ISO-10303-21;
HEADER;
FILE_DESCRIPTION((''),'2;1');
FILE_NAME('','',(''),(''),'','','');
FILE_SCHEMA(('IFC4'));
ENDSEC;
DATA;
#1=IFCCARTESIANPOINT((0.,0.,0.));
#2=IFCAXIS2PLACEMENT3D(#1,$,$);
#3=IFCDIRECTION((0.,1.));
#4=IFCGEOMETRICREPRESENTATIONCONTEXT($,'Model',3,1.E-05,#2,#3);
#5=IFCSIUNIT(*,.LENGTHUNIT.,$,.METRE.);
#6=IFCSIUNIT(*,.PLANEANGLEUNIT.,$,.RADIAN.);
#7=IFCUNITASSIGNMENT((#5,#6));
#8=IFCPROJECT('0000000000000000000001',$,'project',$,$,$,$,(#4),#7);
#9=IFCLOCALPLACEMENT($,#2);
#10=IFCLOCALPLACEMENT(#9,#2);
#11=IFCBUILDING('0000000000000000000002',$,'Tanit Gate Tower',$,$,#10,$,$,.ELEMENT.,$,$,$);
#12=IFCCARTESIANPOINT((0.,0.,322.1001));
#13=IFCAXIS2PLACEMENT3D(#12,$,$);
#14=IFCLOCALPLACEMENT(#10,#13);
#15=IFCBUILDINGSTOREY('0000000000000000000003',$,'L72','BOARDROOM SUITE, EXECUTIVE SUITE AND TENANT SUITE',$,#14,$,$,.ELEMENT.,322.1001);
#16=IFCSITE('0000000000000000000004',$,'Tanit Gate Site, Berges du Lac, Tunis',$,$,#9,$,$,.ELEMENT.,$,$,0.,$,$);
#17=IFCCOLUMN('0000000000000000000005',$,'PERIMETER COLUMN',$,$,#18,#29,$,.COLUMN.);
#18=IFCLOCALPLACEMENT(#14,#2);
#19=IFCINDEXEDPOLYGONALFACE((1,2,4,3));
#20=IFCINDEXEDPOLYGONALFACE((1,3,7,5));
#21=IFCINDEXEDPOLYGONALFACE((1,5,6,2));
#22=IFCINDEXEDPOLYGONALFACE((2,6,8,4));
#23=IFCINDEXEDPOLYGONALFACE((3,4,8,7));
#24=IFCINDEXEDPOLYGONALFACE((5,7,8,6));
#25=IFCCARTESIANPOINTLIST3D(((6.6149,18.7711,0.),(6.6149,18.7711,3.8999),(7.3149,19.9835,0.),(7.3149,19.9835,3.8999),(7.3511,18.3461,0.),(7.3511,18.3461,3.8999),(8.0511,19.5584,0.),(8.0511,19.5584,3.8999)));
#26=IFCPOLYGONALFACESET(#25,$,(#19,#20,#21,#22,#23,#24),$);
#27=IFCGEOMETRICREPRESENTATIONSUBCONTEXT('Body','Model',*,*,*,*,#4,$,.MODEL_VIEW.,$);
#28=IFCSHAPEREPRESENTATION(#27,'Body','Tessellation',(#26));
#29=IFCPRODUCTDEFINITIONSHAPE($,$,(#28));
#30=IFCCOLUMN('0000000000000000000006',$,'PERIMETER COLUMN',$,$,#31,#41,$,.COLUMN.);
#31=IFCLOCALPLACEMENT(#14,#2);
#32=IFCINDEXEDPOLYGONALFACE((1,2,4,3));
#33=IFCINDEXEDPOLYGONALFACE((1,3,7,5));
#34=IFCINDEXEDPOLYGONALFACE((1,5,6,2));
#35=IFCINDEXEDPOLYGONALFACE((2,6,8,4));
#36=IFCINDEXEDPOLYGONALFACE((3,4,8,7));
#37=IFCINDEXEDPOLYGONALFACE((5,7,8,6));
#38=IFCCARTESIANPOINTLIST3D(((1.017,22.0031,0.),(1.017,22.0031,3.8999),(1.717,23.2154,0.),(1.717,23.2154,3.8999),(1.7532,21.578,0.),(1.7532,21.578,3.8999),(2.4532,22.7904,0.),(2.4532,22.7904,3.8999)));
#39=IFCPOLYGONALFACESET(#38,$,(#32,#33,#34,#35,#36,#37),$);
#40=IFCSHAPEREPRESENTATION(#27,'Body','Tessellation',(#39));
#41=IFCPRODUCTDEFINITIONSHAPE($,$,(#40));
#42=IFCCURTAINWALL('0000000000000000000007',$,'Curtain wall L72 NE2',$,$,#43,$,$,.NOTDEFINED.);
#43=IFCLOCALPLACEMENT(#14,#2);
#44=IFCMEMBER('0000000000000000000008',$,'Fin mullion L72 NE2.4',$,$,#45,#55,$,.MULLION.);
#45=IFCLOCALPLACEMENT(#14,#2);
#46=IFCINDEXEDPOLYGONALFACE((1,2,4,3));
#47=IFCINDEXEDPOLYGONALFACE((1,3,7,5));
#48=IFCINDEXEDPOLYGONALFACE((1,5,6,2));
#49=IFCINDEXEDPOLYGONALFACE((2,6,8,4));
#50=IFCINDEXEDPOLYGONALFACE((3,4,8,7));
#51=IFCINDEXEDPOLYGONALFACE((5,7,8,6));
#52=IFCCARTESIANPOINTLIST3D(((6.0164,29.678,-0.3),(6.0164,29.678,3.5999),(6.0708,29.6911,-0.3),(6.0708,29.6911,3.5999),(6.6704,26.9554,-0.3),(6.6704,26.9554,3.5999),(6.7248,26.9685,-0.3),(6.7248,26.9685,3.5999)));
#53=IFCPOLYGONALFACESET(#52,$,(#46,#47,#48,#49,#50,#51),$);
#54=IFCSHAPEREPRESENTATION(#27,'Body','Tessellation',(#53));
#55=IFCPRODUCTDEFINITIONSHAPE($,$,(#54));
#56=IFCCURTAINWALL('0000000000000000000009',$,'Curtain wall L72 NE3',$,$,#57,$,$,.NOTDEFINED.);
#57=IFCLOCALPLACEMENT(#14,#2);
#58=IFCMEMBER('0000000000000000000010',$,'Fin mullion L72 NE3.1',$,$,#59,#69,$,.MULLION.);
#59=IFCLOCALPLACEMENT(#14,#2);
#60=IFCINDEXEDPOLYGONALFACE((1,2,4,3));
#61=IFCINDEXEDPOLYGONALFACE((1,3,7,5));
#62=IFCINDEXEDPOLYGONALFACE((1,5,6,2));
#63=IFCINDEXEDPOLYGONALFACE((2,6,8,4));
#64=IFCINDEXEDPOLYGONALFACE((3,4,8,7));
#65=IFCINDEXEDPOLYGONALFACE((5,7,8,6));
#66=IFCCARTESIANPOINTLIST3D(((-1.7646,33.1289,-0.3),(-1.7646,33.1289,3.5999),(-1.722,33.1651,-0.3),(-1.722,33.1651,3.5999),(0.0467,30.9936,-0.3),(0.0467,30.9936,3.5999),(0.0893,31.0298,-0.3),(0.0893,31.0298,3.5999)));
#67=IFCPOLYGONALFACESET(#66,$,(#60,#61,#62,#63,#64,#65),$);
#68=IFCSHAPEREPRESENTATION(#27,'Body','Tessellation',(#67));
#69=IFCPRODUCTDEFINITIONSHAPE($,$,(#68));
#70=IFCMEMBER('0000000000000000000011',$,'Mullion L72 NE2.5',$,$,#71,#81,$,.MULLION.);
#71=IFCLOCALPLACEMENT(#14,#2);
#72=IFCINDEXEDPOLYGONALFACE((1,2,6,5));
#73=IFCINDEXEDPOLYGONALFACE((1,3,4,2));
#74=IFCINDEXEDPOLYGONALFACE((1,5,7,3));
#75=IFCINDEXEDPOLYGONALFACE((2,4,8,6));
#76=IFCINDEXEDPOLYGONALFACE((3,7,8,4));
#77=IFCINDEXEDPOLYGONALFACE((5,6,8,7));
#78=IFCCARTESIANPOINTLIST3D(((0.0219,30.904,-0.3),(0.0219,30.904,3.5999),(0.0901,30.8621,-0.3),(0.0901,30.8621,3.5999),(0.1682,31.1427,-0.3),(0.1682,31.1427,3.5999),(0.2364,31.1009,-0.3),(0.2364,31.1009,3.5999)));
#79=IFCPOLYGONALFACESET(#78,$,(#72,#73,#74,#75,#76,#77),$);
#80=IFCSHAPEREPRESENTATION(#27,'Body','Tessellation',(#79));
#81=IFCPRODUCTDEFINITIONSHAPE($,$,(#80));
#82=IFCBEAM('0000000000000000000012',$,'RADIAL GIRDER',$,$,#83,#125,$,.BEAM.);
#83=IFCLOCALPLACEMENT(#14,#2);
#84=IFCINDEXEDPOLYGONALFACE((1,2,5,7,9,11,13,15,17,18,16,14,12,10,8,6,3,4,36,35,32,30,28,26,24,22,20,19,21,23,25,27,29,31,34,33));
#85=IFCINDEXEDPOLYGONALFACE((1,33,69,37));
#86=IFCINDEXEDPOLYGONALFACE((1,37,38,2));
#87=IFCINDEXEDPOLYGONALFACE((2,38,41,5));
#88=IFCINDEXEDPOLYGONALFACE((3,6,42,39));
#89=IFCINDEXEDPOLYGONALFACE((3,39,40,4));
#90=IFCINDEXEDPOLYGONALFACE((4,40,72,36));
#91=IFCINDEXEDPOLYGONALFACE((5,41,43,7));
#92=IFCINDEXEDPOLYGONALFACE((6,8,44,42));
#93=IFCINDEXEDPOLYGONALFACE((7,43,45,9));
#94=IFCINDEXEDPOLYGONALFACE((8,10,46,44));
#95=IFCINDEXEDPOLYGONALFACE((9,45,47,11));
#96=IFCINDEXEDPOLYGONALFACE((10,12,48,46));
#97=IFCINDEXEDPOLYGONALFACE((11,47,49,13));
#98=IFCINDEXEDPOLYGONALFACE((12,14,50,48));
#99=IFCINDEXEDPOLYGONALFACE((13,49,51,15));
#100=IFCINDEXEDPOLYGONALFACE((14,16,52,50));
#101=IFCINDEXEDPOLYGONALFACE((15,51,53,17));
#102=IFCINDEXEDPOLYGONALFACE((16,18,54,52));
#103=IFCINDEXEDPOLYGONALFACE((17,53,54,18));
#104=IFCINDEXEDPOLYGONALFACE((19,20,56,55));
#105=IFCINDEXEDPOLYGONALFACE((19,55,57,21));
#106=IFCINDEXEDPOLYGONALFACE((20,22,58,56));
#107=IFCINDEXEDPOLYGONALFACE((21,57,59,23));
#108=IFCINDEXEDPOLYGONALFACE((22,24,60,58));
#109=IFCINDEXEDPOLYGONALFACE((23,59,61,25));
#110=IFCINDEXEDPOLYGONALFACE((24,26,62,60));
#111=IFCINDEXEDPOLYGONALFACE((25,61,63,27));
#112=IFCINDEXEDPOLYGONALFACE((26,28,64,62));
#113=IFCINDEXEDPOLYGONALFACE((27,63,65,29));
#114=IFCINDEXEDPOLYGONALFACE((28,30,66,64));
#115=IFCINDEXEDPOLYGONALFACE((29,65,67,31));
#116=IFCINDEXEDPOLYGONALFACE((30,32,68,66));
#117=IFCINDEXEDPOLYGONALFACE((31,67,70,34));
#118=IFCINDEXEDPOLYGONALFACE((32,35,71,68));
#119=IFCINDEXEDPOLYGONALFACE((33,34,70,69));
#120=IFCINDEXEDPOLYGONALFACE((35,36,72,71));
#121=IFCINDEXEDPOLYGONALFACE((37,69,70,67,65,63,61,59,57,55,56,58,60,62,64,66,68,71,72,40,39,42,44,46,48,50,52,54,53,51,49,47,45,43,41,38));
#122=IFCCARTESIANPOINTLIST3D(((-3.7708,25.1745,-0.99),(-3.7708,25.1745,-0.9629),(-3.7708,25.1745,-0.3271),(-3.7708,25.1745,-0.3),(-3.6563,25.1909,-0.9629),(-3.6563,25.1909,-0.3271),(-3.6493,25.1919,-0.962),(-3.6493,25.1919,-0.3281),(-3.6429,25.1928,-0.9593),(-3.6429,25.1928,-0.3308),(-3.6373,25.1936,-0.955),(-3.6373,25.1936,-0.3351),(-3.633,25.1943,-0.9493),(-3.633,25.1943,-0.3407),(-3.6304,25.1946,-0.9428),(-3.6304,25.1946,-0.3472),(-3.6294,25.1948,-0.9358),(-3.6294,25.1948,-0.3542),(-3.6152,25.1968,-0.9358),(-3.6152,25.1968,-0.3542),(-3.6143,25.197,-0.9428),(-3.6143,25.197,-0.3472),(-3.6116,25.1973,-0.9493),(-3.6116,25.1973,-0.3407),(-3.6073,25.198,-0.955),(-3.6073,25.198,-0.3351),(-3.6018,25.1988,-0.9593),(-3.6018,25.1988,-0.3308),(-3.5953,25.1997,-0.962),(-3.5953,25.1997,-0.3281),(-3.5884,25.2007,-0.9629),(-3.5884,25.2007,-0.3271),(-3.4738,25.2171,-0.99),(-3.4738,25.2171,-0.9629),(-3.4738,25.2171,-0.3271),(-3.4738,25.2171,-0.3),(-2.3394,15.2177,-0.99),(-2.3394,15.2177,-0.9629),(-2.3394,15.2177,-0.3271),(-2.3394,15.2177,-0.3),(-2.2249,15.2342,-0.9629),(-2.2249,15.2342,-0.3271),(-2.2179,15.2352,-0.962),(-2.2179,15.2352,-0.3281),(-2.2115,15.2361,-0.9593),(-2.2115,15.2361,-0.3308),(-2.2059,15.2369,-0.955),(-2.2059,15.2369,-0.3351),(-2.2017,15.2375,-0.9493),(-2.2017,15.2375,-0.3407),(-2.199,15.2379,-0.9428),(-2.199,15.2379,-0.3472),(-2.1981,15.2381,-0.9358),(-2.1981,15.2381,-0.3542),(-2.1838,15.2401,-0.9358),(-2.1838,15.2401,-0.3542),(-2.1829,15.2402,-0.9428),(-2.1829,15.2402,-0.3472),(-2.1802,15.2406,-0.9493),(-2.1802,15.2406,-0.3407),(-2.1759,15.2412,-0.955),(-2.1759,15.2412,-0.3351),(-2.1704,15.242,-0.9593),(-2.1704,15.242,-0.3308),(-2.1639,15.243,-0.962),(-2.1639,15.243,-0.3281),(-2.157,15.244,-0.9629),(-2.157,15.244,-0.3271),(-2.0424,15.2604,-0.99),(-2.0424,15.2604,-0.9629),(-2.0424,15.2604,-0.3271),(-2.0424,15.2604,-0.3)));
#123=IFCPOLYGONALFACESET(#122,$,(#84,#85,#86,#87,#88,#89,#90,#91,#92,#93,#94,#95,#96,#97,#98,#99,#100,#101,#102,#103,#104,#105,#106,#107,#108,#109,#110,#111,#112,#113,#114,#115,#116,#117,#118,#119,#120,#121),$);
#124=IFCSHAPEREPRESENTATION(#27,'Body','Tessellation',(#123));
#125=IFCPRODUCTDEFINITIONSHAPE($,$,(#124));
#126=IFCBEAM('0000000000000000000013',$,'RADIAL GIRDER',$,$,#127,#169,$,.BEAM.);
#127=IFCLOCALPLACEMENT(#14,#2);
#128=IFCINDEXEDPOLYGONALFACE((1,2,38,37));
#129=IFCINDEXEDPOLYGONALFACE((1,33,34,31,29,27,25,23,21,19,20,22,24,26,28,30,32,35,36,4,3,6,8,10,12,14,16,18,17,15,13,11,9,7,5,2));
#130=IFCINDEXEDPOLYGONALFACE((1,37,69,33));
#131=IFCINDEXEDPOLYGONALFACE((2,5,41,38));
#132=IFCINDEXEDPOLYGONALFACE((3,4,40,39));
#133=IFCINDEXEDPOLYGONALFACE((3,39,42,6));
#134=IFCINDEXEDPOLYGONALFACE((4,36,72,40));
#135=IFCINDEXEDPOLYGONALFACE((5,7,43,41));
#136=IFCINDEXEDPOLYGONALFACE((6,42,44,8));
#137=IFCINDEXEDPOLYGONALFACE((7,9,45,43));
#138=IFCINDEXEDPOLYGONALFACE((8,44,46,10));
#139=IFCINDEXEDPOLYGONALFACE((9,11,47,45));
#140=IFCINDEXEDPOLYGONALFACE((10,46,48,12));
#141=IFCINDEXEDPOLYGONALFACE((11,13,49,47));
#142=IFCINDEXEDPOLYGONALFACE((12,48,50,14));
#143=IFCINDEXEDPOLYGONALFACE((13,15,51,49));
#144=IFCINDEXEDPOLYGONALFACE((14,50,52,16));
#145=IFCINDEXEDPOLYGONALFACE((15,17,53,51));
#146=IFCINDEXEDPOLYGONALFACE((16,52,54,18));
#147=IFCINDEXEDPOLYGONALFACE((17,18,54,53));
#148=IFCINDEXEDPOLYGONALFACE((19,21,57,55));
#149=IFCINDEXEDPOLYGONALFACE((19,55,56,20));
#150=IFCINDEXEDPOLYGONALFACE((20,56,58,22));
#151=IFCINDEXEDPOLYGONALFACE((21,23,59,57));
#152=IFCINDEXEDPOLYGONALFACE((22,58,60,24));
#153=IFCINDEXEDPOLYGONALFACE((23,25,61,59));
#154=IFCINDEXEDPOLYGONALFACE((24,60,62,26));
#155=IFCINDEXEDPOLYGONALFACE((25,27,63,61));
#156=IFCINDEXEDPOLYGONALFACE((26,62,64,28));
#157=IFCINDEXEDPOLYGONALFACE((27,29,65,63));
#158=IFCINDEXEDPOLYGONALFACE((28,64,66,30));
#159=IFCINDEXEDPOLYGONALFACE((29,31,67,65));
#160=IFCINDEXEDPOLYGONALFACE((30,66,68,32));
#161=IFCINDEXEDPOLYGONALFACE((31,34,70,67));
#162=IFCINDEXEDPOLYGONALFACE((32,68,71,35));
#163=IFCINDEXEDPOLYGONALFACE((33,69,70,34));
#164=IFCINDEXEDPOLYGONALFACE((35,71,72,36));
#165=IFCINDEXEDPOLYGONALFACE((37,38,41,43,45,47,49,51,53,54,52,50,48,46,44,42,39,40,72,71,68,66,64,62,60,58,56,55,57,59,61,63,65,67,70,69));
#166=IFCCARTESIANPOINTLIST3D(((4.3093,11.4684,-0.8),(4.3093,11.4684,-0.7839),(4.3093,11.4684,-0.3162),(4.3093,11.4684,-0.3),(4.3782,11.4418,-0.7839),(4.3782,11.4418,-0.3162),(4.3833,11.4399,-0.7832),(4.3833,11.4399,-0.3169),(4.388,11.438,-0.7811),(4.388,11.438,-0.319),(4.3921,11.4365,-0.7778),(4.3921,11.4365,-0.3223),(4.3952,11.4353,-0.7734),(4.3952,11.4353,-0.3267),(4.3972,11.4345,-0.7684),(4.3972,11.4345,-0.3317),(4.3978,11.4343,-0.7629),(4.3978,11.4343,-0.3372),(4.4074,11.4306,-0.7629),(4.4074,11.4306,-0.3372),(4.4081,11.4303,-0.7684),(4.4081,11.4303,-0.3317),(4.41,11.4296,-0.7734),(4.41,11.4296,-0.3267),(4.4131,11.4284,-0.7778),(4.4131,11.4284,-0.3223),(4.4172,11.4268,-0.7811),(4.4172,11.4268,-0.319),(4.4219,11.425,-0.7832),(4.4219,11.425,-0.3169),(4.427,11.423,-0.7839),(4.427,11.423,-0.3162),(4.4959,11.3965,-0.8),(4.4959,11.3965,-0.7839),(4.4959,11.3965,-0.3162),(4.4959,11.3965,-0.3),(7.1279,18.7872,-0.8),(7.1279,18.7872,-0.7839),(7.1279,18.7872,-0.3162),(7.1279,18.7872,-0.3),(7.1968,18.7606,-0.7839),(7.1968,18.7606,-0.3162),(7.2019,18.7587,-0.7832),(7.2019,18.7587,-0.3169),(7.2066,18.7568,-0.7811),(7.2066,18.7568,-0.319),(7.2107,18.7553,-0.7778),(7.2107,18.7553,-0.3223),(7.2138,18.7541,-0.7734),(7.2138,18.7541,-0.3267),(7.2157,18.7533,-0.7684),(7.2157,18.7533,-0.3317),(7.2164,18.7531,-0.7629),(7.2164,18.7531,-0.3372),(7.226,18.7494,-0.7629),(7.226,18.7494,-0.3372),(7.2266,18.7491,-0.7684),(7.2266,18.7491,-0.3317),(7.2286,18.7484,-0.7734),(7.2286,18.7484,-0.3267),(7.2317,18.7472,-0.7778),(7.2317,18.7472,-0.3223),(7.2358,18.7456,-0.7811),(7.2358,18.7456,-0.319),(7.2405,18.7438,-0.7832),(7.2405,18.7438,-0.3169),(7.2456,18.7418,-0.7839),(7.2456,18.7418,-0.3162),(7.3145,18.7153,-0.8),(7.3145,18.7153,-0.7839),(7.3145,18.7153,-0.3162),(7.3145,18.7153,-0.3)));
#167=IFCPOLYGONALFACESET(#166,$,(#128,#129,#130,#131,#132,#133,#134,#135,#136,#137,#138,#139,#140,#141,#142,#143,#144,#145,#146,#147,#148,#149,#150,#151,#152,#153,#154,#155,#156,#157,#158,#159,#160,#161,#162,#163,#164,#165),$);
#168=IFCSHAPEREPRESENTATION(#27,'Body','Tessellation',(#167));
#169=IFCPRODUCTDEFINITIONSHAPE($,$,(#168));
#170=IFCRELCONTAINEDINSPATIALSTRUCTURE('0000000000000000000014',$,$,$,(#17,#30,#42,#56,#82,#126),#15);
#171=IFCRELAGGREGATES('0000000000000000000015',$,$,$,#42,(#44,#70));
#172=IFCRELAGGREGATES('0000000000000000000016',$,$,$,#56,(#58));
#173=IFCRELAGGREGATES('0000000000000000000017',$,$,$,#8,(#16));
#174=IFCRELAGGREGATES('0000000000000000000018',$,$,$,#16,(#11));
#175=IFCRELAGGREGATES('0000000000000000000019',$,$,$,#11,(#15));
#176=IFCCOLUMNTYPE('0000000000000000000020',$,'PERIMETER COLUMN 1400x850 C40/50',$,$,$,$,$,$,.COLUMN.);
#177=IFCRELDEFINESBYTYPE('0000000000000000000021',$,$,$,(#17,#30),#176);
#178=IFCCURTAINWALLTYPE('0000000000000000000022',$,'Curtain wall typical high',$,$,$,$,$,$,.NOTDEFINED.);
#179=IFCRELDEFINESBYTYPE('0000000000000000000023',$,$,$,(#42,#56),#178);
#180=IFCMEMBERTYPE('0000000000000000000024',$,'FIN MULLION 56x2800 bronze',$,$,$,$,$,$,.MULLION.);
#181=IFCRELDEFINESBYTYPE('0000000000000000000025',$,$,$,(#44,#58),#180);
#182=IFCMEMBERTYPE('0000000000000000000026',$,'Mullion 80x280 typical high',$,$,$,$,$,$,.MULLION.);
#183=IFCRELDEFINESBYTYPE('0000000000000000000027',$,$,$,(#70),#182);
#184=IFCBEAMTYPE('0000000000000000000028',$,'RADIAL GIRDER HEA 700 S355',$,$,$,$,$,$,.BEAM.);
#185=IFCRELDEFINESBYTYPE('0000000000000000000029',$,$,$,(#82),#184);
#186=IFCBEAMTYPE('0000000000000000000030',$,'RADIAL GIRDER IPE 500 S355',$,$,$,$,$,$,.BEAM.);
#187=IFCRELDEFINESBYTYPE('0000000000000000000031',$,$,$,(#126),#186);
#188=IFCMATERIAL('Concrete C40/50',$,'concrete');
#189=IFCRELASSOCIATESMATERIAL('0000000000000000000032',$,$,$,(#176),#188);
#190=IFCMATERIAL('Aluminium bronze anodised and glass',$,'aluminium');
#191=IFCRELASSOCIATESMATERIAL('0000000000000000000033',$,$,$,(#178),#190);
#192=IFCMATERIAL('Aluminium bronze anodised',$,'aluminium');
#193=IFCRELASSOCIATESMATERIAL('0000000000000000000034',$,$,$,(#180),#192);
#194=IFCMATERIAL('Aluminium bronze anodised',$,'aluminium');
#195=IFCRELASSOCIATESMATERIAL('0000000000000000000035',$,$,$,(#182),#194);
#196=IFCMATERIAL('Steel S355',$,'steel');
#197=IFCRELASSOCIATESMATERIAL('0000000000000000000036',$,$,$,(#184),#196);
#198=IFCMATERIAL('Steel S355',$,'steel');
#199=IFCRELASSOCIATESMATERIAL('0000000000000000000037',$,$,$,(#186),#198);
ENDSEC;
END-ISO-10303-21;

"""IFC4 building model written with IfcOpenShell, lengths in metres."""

from ifc_helpers import new_model, si_unit, direction, frame, origin, origin_2d, place, context, subcontext, project, spatial, rectangle, i_section, extrude, material, material_profile, profile_set, type_object, element, aggregate, save


model = new_model("IFC4")

# Units and contexts
model_context = context("Model", 3, precision=1e-05, world=origin(), true_north=direction((0.0, 1.0)))
body_context = subcontext(model_context, "Body", "Model", "MODEL_VIEW")
ifc_project = project(units=[si_unit("LENGTHUNIT", "METRE"), si_unit("PLANEANGLEUNIT", "RADIAN")], contexts=[model_context])

# Site, building, storey
site_placement = place(None, origin())
site = spatial("IfcSite", under=ifc_project, at=site_placement, Name="Tanit Gate Site, Berges du Lac, Tunis", CompositionType="ELEMENT", RefElevation=0.0)
building_placement = place(site_placement, origin())
building = spatial("IfcBuilding", under=site, at=building_placement, Name="Tanit Gate Tower", CompositionType="ELEMENT")
storey_placement = place(building_placement, frame((0.0, 0.0, 322.1001)))
storey = spatial("IfcBuildingStorey", under=building, at=storey_placement, Name="L72", Description="BOARDROOM SUITE, EXECUTIVE SUITE AND TENANT SUITE", CompositionType="ELEMENT", Elevation=322.1001)

# Columns
ifc_material_1 = material(Name="Concrete C40/50", Category="concrete")
ifc_material_profile_1 = material_profile(ifc_material_1, rectangle(XDim=1.3999, YDim=0.8501, at=origin_2d()), Name="RC 1400x850")
ifc_profile_set_1 = profile_set([ifc_material_profile_1], Name="Concrete C40/50")
column_type = type_object("IfcColumnType", Name="PERIMETER COLUMN 1400x850 C40/50", PredefinedType="COLUMN", material=ifc_profile_set_1)
for number, where, z_axis, x_axis, name in (
    (1, (7.333, 19.1648, 0.0), (0.0, 0.0, 1.0), (0.5, 0.866025, 0.0), "PERIMETER COLUMN"),
    (2, (1.7351, 22.3967, 0.0), (0.0, 0.0, 1.0), (0.5, 0.866025, 0.0), "PERIMETER COLUMN"),
):
    element("IfcColumn", number, at=place(storey_placement, frame(where, z_axis=z_axis, x_axis=x_axis)), inside=storey, type_object=column_type, Name=name, PredefinedType="COLUMN", context=body_context, shape_type="SweptSolid", body=[
        extrude(rectangle(XDim=1.3999, YDim=0.8501, at=origin_2d()), origin(), (0.0, 0.0, 1.0), 3.8999),
    ])

# Curtain walls, members
ifc_material_2 = material(Name="Aluminium bronze anodised and glass", Category="aluminium")
curtain_wall_type = type_object("IfcCurtainWallType", Name="Curtain wall typical high", PredefinedType="NOTDEFINED", material=ifc_material_2)
curtain_wall_1_placement = place(storey_placement, origin())
curtain_wall_1 = element("IfcCurtainWall", 3, at=curtain_wall_1_placement, inside=storey, type_object=curtain_wall_type, Name="Curtain wall L72 NE2", PredefinedType="NOTDEFINED")
ifc_material_3 = material(Name="Aluminium bronze anodised", Category="aluminium")
ifc_material_profile_2 = material_profile(ifc_material_3, rectangle(XDim=2.8, YDim=0.0559, at=origin_2d()), Name="56x2800 bronze fin mullion")
ifc_profile_set_2 = profile_set([ifc_material_profile_2], Name="Aluminium bronze anodised")
member_type_1 = type_object("IfcMemberType", Name="FIN MULLION 56x2800 bronze", PredefinedType="MULLION", material=ifc_profile_set_2)
member_1_placement = place(storey_placement, frame((6.3706, 28.3232, -0.3), z_axis=(0.0, 0.0, 1.0), x_axis=(0.233557, -0.972343, 0.0)))
member_1 = element("IfcMember", 4, at=member_1_placement, type_object=member_type_1, Name="Fin mullion L72 NE2.4", PredefinedType="MULLION", context=body_context, shape_type="SweptSolid", body=[
    extrude(rectangle(XDim=2.8, YDim=0.0559, at=origin_2d()), origin(), (0.0, 0.0, 1.0), 3.8999),
])
curtain_wall_2_placement = place(storey_placement, origin())
curtain_wall_2 = element("IfcCurtainWall", 5, at=curtain_wall_2_placement, inside=storey, type_object=curtain_wall_type, Name="Curtain wall L72 NE3", PredefinedType="NOTDEFINED")
member_2_placement = place(storey_placement, frame((-0.8376, 32.0793, -0.3), z_axis=(0.0, 0.0, 1.0), x_axis=(0.646873, -0.762598, 0.0)))
member_2 = element("IfcMember", 6, at=member_2_placement, type_object=member_type_1, Name="Fin mullion L72 NE3.1", PredefinedType="MULLION", context=body_context, shape_type="SweptSolid", body=[
    extrude(rectangle(XDim=2.8, YDim=0.0559, at=origin_2d()), origin(), (0.0, 0.0, 1.0), 3.8999),
])

# Member
ifc_material_4 = material(Name="Aluminium bronze anodised", Category="aluminium")
ifc_material_profile_3 = material_profile(ifc_material_4, rectangle(XDim=0.28, YDim=0.0801, at=origin_2d()), Name="80x280 bronze mullion")
ifc_profile_set_3 = profile_set([ifc_material_profile_3], Name="Aluminium bronze anodised")
member_type_2 = type_object("IfcMemberType", Name="Mullion 80x280 typical high", PredefinedType="MULLION", material=ifc_profile_set_3)
member_3_placement = place(storey_placement, frame((0.1292, 31.0024, -0.3), z_axis=(0.0, 0.0, 1.0), x_axis=(-0.522401, -0.8527, 0.0)))
member_3 = element("IfcMember", 7, at=member_3_placement, type_object=member_type_2, Name="Mullion L72 NE2.5", PredefinedType="MULLION", context=body_context, shape_type="SweptSolid", body=[
    extrude(rectangle(XDim=0.28, YDim=0.0801, at=origin_2d()), origin(), (0.0, 0.0, 1.0), 3.8999),
])

# Beams
ifc_material_5 = material(Name="Steel S355", Category="steel")
ifc_material_profile_4 = material_profile(ifc_material_5, i_section(OverallWidth=0.3, OverallDepth=0.6899, WebThickness=0.0144, FlangeThickness=0.0271, FilletRadius=0.0271, at=origin_2d()), Name="HEA 700")
ifc_profile_set_4 = profile_set([ifc_material_profile_4], Name="Steel S355")
beam_type_1 = type_object("IfcBeamType", Name="RADIAL GIRDER HEA 700 S355", PredefinedType="BEAM", material=ifc_profile_set_4)
beam_1_placement = place(storey_placement, frame((-3.6223, 25.1958, -0.645), z_axis=(0.142298, -0.989824, 0.0), x_axis=(0.989824, 0.142298, 0.0)))
element("IfcBeam", 8, at=beam_1_placement, inside=storey, type_object=beam_type_1, Name="RADIAL GIRDER", PredefinedType="BEAM", context=body_context, shape_type="SweptSolid", body=[
    extrude(i_section(OverallWidth=0.3, OverallDepth=0.6899, WebThickness=0.0144, FlangeThickness=0.0271, FilletRadius=0.0271, at=origin_2d()), origin(), (0.0, 0.0, 1.0), 10.0591),
])
ifc_material_6 = material(Name="Steel S355", Category="steel")
ifc_material_profile_5 = material_profile(ifc_material_6, i_section(OverallWidth=0.2, OverallDepth=0.5, WebThickness=0.0103, FlangeThickness=0.0161, FilletRadius=0.021, at=origin_2d()), Name="IPE 500")
ifc_profile_set_5 = profile_set([ifc_material_profile_5], Name="Steel S355")
beam_type_2 = type_object("IfcBeamType", Name="RADIAL GIRDER IPE 500 S355", PredefinedType="BEAM", material=ifc_profile_set_5)
beam_2_placement = place(storey_placement, frame((7.2212, 18.7512, -0.55), z_axis=(-0.359386, -0.933189, 0.0), x_axis=(0.933189, -0.359386, 0.0)))
element("IfcBeam", 9, at=beam_2_placement, inside=storey, type_object=beam_type_2, Name="RADIAL GIRDER", PredefinedType="BEAM", context=body_context, shape_type="SweptSolid", body=[
    extrude(i_section(OverallWidth=0.2, OverallDepth=0.5, WebThickness=0.0103, FlangeThickness=0.0161, FilletRadius=0.021, at=origin_2d()), origin(), (0.0, 0.0, 1.0), 7.8428),
])

aggregate(curtain_wall_1, [member_1, member_3])
aggregate(curtain_wall_2, [member_2])

save(model, "model.ifc")
